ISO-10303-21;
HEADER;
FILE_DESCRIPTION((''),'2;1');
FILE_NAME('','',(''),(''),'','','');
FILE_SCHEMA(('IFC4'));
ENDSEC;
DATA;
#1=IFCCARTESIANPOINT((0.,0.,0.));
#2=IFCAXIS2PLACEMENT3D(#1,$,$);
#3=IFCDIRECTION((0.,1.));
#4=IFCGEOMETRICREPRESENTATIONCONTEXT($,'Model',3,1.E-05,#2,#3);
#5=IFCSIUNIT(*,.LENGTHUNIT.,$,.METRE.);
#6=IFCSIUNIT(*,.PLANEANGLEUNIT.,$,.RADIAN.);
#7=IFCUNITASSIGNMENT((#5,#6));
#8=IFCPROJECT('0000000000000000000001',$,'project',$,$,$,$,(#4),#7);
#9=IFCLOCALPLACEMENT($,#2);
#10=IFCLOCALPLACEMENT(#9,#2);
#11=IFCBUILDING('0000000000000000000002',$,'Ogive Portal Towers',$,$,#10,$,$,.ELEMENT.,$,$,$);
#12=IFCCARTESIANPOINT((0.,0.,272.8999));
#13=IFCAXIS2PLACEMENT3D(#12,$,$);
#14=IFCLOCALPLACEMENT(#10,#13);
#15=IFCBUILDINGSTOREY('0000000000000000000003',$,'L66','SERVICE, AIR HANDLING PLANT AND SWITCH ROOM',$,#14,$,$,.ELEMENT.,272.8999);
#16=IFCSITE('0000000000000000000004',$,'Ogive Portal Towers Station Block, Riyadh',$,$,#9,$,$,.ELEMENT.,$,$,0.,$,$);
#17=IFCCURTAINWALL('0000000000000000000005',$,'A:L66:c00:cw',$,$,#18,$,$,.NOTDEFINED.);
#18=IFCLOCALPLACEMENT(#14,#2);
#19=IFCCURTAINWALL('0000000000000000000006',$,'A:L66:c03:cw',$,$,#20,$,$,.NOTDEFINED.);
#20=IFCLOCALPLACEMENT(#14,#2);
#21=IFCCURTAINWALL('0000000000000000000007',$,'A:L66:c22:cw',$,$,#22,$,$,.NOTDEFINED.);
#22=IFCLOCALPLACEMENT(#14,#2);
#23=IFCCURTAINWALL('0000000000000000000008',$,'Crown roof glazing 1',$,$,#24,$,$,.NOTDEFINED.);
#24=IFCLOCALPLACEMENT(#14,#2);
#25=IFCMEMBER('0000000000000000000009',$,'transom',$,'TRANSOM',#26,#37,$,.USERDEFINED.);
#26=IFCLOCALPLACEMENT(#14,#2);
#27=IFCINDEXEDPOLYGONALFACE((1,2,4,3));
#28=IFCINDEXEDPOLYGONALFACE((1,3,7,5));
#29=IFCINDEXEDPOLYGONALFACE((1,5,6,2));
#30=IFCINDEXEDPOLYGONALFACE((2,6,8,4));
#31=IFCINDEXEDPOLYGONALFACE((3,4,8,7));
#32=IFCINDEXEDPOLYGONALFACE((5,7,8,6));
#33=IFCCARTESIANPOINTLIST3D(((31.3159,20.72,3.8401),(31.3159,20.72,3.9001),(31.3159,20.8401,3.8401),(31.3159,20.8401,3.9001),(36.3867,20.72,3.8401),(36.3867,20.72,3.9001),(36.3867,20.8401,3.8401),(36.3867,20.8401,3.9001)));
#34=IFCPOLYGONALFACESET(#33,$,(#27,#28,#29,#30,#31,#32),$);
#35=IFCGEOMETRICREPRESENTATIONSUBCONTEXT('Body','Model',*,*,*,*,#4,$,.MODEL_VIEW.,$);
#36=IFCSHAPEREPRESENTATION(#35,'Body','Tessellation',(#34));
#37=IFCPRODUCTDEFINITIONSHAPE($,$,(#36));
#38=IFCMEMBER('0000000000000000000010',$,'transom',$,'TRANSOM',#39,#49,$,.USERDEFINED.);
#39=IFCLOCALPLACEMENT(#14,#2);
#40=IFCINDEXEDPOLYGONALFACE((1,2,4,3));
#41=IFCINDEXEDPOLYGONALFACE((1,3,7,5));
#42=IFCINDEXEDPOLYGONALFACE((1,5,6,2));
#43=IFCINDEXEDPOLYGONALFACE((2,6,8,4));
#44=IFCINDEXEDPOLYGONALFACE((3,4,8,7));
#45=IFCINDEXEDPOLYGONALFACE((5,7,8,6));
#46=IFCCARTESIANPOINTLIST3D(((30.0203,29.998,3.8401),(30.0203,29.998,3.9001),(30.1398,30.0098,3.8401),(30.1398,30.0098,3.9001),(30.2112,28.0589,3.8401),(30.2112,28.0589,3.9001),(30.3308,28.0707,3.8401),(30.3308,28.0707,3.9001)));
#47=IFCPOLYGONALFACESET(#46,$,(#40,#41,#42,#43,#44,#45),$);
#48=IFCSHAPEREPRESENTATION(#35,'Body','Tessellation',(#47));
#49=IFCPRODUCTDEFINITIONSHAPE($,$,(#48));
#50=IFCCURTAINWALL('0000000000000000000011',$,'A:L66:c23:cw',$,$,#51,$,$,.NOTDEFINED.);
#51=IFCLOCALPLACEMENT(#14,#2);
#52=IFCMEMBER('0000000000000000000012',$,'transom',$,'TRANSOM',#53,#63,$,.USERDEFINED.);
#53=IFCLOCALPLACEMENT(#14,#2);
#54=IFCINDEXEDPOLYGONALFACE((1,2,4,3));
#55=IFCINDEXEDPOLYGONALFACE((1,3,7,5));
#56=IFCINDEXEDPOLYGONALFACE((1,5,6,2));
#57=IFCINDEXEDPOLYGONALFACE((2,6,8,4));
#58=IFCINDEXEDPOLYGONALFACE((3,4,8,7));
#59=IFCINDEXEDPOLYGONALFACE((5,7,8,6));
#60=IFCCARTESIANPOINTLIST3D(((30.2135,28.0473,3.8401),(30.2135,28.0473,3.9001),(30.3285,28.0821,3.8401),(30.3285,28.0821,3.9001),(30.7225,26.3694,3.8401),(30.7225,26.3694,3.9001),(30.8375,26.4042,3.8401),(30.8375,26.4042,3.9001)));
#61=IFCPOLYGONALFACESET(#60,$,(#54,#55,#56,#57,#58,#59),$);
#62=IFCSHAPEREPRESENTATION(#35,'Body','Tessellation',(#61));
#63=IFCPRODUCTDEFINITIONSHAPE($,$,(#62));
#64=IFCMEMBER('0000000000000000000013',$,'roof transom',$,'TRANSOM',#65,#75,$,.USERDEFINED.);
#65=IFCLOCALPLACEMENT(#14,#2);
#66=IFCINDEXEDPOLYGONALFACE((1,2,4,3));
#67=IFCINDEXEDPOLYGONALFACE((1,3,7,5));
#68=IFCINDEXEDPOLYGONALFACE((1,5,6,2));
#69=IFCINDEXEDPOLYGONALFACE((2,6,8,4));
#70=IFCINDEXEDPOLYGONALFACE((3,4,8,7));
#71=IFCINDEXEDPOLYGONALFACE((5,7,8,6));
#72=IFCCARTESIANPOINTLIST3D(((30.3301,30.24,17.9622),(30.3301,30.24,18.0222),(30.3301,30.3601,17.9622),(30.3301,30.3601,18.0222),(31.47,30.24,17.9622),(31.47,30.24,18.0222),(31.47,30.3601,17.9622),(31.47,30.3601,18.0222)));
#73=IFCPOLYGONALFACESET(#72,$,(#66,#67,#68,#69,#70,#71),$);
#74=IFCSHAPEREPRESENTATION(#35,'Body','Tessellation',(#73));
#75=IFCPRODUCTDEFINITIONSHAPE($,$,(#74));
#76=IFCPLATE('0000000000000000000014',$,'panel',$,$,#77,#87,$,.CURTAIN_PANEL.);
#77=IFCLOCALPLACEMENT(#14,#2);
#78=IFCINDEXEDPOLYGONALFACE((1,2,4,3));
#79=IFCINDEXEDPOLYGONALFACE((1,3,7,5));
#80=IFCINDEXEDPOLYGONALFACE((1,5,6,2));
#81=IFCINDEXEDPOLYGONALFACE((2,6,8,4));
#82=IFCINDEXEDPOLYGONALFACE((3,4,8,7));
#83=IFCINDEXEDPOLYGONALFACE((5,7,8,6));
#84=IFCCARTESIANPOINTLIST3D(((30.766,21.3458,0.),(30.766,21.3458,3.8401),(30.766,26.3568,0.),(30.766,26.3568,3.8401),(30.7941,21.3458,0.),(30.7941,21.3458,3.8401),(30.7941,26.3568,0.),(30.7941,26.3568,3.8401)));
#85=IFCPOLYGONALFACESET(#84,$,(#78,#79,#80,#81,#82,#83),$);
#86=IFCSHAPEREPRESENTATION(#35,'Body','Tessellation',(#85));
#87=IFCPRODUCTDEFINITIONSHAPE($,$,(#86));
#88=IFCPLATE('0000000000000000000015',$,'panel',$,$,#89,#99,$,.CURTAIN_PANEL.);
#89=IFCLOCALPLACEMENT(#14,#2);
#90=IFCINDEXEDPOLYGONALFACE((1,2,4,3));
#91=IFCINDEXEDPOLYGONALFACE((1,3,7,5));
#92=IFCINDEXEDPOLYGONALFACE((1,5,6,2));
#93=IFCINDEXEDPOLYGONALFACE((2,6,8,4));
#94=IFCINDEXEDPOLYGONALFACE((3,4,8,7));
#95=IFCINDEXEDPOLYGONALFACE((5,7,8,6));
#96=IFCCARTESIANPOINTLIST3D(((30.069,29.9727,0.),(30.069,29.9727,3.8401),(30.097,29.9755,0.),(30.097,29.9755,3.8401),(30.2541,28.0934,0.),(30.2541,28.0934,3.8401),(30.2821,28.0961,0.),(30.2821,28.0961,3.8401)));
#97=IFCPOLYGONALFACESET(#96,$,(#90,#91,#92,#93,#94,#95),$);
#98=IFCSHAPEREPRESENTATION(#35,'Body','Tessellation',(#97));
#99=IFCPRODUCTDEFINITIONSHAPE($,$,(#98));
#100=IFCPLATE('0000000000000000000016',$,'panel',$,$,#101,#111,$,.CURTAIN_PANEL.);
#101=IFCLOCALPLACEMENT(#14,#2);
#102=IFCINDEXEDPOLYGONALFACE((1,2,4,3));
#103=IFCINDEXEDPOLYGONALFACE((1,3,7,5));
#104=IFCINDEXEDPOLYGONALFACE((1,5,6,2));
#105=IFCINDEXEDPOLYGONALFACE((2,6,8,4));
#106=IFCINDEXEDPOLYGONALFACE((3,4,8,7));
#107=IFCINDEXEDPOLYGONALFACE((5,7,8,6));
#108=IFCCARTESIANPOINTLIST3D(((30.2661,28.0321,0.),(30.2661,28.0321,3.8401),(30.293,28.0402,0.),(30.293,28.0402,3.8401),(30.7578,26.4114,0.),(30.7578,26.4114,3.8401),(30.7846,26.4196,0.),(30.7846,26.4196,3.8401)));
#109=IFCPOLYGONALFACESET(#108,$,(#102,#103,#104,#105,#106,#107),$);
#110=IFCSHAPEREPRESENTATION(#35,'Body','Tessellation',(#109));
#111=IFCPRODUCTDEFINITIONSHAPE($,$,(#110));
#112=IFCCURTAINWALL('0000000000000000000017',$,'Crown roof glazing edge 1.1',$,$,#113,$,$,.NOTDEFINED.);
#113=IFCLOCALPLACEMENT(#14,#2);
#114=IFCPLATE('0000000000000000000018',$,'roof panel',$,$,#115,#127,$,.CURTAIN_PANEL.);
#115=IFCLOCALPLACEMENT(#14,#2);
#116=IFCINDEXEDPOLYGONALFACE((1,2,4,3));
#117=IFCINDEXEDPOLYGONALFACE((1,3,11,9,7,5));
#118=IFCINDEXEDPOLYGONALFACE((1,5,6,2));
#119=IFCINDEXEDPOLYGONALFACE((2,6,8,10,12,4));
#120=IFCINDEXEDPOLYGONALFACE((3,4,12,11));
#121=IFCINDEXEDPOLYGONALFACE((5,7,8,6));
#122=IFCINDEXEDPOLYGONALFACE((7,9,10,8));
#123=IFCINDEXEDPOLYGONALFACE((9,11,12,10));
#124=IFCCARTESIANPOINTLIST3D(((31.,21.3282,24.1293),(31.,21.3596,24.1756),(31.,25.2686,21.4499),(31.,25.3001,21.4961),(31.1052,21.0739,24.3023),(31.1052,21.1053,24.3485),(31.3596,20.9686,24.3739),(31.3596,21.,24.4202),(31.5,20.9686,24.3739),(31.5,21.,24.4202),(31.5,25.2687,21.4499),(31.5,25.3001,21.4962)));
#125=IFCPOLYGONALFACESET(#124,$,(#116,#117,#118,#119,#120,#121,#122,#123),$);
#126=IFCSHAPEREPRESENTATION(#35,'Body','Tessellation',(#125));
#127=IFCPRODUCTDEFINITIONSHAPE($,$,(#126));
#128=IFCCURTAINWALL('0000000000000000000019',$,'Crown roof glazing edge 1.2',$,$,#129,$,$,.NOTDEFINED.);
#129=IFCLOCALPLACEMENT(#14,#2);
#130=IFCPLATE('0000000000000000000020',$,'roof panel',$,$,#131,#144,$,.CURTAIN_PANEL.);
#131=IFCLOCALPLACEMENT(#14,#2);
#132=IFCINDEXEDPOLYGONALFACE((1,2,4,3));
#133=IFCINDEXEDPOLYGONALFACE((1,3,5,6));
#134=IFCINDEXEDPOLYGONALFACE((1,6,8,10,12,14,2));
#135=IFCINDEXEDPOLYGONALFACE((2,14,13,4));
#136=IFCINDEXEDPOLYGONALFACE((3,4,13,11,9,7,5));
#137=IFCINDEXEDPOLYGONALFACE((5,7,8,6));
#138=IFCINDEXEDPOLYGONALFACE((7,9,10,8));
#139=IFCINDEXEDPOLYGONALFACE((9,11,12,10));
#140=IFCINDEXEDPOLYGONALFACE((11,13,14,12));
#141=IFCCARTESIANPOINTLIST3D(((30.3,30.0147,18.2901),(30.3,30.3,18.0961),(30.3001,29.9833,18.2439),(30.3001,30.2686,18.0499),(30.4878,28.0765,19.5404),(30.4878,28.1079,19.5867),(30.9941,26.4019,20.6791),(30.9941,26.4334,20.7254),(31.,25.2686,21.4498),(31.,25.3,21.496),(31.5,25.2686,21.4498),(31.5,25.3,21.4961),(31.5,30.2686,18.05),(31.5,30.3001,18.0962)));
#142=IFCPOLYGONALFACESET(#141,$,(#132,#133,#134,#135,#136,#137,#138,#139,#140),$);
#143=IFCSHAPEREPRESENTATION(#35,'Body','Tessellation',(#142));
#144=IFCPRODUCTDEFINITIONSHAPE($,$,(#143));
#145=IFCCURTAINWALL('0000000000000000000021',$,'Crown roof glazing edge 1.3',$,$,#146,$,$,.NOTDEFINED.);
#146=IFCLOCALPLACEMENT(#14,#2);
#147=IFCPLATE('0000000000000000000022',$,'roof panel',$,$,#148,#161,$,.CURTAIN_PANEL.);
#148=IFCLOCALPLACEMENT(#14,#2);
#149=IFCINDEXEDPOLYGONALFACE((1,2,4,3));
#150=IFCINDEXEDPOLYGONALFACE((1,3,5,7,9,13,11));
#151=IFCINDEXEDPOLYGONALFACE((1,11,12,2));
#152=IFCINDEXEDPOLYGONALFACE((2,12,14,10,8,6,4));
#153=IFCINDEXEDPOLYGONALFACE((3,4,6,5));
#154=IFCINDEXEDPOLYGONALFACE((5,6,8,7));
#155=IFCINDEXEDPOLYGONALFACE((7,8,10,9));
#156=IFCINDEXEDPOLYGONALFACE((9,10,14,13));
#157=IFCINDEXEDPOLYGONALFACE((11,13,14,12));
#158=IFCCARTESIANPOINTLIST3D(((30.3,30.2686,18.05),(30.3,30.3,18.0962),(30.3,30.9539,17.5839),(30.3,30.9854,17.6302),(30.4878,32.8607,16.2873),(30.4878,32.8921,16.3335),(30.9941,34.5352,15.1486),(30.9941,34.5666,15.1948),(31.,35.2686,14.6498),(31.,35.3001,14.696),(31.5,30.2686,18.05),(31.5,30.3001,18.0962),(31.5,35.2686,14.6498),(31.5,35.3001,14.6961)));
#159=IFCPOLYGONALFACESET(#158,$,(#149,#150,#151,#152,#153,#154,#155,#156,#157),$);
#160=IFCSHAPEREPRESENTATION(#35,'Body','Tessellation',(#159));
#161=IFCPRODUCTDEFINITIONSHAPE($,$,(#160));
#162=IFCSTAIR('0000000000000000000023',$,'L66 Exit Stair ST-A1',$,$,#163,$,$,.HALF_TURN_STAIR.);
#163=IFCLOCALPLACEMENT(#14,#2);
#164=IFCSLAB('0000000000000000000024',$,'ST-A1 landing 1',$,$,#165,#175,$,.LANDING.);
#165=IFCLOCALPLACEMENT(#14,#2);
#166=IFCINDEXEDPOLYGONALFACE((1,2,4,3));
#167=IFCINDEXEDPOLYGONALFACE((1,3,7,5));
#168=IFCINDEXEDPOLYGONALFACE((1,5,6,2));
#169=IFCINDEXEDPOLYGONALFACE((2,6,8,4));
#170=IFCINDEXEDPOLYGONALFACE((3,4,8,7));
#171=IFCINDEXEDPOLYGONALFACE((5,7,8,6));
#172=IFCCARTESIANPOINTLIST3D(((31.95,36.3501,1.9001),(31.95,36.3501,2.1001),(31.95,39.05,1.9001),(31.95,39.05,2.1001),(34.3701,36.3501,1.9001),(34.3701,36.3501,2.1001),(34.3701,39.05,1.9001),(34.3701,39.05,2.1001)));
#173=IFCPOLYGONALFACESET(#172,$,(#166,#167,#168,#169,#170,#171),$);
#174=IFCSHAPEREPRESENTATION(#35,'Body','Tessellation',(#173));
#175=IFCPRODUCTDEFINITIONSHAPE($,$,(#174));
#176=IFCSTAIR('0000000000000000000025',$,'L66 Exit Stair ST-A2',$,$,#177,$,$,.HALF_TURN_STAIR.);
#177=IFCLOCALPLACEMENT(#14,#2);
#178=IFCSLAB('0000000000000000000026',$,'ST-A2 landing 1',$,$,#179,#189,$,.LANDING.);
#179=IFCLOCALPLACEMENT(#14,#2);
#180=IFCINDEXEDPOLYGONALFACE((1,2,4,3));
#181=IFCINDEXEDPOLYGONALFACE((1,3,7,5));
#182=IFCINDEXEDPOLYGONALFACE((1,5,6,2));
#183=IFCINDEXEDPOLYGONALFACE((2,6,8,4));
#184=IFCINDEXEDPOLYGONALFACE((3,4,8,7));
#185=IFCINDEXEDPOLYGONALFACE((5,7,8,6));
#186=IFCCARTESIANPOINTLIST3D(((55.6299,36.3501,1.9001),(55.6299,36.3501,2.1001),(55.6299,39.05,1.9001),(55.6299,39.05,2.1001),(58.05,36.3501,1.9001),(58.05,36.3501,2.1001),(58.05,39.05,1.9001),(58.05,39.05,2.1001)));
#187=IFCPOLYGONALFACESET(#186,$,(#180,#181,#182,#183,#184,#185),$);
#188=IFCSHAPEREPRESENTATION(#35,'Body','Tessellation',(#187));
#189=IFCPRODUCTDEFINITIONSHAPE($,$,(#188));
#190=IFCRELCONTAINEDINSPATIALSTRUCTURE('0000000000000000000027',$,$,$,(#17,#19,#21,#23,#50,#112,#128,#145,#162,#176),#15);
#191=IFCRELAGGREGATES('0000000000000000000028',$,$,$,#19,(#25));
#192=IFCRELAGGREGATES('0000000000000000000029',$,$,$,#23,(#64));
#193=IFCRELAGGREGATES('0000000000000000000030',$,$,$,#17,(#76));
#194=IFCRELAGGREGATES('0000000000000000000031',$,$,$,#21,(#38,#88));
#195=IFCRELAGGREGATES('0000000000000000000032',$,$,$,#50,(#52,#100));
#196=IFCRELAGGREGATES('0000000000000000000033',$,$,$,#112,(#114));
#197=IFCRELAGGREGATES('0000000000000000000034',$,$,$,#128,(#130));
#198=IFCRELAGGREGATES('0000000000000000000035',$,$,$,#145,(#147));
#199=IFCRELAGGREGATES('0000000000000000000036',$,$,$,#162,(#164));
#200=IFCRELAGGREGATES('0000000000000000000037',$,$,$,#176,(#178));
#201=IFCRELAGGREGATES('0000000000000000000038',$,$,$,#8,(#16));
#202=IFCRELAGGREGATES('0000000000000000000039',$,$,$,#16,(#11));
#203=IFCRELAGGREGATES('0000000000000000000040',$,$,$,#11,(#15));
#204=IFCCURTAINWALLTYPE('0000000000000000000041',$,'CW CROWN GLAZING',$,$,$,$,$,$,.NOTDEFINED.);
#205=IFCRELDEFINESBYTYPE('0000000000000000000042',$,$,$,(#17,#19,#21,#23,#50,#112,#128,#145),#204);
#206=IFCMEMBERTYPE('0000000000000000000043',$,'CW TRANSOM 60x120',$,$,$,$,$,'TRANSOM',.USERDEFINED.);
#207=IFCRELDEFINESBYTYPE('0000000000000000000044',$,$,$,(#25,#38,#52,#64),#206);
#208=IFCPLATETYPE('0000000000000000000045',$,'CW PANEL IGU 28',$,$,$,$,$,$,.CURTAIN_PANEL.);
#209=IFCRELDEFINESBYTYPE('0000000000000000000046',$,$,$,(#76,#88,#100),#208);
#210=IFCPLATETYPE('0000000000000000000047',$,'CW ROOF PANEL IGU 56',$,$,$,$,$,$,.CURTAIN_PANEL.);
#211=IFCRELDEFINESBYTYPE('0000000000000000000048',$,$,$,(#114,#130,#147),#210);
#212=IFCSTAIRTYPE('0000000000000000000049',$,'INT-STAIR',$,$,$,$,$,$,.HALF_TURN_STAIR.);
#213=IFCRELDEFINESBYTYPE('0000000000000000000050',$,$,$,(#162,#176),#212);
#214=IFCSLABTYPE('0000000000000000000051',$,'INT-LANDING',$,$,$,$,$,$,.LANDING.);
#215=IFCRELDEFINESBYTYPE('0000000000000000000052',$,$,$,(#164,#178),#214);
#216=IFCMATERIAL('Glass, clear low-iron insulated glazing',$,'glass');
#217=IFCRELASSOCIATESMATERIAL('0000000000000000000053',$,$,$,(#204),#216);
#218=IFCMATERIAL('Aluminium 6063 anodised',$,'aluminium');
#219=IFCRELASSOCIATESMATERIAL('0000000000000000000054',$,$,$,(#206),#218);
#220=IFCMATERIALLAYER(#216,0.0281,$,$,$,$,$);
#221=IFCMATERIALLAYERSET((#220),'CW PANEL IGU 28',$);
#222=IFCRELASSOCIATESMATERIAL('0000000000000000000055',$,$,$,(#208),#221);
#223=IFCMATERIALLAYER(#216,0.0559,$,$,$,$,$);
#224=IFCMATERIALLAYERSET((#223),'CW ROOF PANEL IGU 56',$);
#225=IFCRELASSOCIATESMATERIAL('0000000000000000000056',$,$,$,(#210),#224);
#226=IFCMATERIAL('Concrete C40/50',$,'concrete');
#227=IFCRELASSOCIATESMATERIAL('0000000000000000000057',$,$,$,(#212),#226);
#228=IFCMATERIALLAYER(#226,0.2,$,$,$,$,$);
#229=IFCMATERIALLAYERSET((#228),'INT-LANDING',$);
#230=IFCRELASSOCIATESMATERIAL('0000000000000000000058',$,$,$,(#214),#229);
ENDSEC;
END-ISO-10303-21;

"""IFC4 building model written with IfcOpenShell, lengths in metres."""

from ifc_helpers import new_model, si_unit, direction, frame, origin, origin_2d, place, context, subcontext, project, spatial, polyline, rectangle, outline, extrude, material, layer, layer_set, material_profile, profile_set, type_object, element, aggregate, save


model = new_model("IFC4")

# Units and contexts
model_context = context("Model", 3, precision=1e-05, world=origin(), true_north=direction((0.0, 1.0)))
body_context = subcontext(model_context, "Body", "Model", "MODEL_VIEW")
ifc_project = project(units=[si_unit("LENGTHUNIT", "METRE"), si_unit("PLANEANGLEUNIT", "RADIAN")], contexts=[model_context])

# Site, building, storey
site_placement = place(None, origin())
site = spatial("IfcSite", under=ifc_project, at=site_placement, Name="Ogive Portal Towers Station Block, Riyadh", CompositionType="ELEMENT", RefElevation=0.0)
building_placement = place(site_placement, origin())
building = spatial("IfcBuilding", under=site, at=building_placement, Name="Ogive Portal Towers", CompositionType="ELEMENT")
storey_placement = place(building_placement, frame((0.0, 0.0, 272.8999)))
storey = spatial("IfcBuildingStorey", under=building, at=storey_placement, Name="L66", Description="SERVICE, AIR HANDLING PLANT AND SWITCH ROOM", CompositionType="ELEMENT", Elevation=272.8999)

# Curtain wall
ifc_material_1 = material(Name="Glass, clear low-iron insulated glazing", Category="glass")
curtain_wall_type = type_object("IfcCurtainWallType", Name="CW CROWN GLAZING", PredefinedType="NOTDEFINED", material=ifc_material_1)
curtain_wall_1_placement = place(storey_placement, origin())
curtain_wall_1 = element("IfcCurtainWall", 1, at=curtain_wall_1_placement, inside=storey, type_object=curtain_wall_type, Name="A:L66:c00:cw", PredefinedType="NOTDEFINED")
ifc_material_2 = material(Name="Aluminium 6063 anodised", Category="aluminium")

# Curtain walls
curtain_wall_2_placement = place(storey_placement, origin())
curtain_wall_2 = element("IfcCurtainWall", 2, at=curtain_wall_2_placement, inside=storey, type_object=curtain_wall_type, Name="A:L66:c03:cw", PredefinedType="NOTDEFINED")
curtain_wall_3_placement = place(storey_placement, origin())
curtain_wall_3 = element("IfcCurtainWall", 3, at=curtain_wall_3_placement, inside=storey, type_object=curtain_wall_type, Name="A:L66:c22:cw", PredefinedType="NOTDEFINED")

# Curtain wall
curtain_wall_4_placement = place(storey_placement, origin())
curtain_wall_4 = element("IfcCurtainWall", 4, at=curtain_wall_4_placement, inside=storey, type_object=curtain_wall_type, Name="Crown roof glazing 1", PredefinedType="NOTDEFINED")

# Members
ifc_material_profile_1 = material_profile(ifc_material_2, rectangle(XDim=0.1201, YDim=0.0601, at=origin_2d()), Name="AL 120x60")
ifc_profile_set_1 = profile_set([ifc_material_profile_1], Name="Aluminium 6063 anodised")
member_type_1 = type_object("IfcMemberType", Name="CW TRANSOM 60x120", ElementType="TRANSOM", PredefinedType="USERDEFINED", material=ifc_profile_set_1)
member_1_placement = place(storey_placement, frame((31.3159, 20.78, 3.8701), z_axis=(1.0, 0.0, 0.0), x_axis=(0.0, 1.0, 0.0)))
member_1 = element("IfcMember", 5, at=member_1_placement, type_object=member_type_1, Name="transom", ObjectType="TRANSOM", PredefinedType="USERDEFINED", context=body_context, shape_type="SweptSolid", body=[
    extrude(rectangle(XDim=0.1201, YDim=0.0601, at=origin_2d()), origin(), (0.0, 0.0, 1.0), 5.0708),
])
aggregate(curtain_wall_2, [member_1])
member_2_placement = place(storey_placement, frame((30.0801, 30.0039, 3.8701), z_axis=(0.097978, -0.995189, 0.0), x_axis=(0.995189, 0.097978, 0.0)))
member_2 = element("IfcMember", 6, at=member_2_placement, type_object=member_type_1, Name="transom", ObjectType="TRANSOM", PredefinedType="USERDEFINED", context=body_context, shape_type="SweptSolid", body=[
    extrude(rectangle(XDim=0.1201, YDim=0.0601, at=origin_2d()), origin(), (0.0, 0.0, 1.0), 1.9485),
])

# Curtain wall, member
curtain_wall_5_placement = place(storey_placement, origin())
curtain_wall_5 = element("IfcCurtainWall", 7, at=curtain_wall_5_placement, inside=storey, type_object=curtain_wall_type, Name="A:L66:c23:cw", PredefinedType="NOTDEFINED")
member_3_placement = place(storey_placement, frame((30.271, 28.0647, 3.8701), z_axis=(0.290297, -0.956937, 0.0), x_axis=(0.956937, 0.290297, 0.0)))
member_3 = element("IfcMember", 8, at=member_3_placement, type_object=member_type_1, Name="transom", ObjectType="TRANSOM", PredefinedType="USERDEFINED", context=body_context, shape_type="SweptSolid", body=[
    extrude(rectangle(XDim=0.1201, YDim=0.0601, at=origin_2d()), origin(), (0.0, 0.0, 1.0), 1.7534),
])

# Member
member_4_placement = place(storey_placement, frame((30.3301, 30.3, 17.9922), z_axis=(1.0, 0.0, 0.0), x_axis=(0.0, 1.0, 0.0)))
member_4 = element("IfcMember", 9, at=member_4_placement, type_object=member_type_1, Name="roof transom", ObjectType="TRANSOM", PredefinedType="USERDEFINED", context=body_context, shape_type="SweptSolid", body=[
    extrude(rectangle(XDim=0.1201, YDim=0.0601, at=origin_2d()), origin(), (0.0, 0.0, 1.0), 1.1399),
])
aggregate(curtain_wall_4, [member_4])

# Plates
ifc_layer_1 = layer(ifc_material_1, 0.0281)
ifc_layer_set_1 = layer_set([ifc_layer_1], Name="CW PANEL IGU 28")
plate_type_1 = type_object("IfcPlateType", Name="CW PANEL IGU 28", PredefinedType="CURTAIN_PANEL", material=ifc_layer_set_1)
plate_1_placement = place(storey_placement, frame((30.78, 23.8513, 0.0), z_axis=(0.0, 0.0, 1.0), x_axis=(0.0, -1.0, 0.0)))
plate_1 = element("IfcPlate", 10, at=plate_1_placement, type_object=plate_type_1, Name="panel", PredefinedType="CURTAIN_PANEL", context=body_context, shape_type="SweptSolid", body=[
    extrude(rectangle(XDim=5.011, YDim=0.0281, at=origin_2d()), origin(), (0.0, 0.0, 1.0), 3.8401),
])
aggregate(curtain_wall_1, [plate_1])
plate_2_placement = place(storey_placement, frame((30.1755, 29.0344, 0.0), z_axis=(0.0, 0.0, 1.0), x_axis=(0.098017, -0.995185, 0.0)))
plate_2 = element("IfcPlate", 11, at=plate_2_placement, type_object=plate_type_1, Name="panel", PredefinedType="CURTAIN_PANEL", context=body_context, shape_type="SweptSolid", body=[
    extrude(rectangle(XDim=1.8884, YDim=0.0281, at=origin_2d()), origin(), (0.0, 0.0, 1.0), 3.8401),
])
aggregate(curtain_wall_3, [member_2, plate_2])
plate_3_placement = place(storey_placement, frame((30.5254, 27.2258, 0.0), z_axis=(0.0, 0.0, 1.0), x_axis=(0.290285, -0.95694, 0.0)))
plate_3 = element("IfcPlate", 12, at=plate_3_placement, type_object=plate_type_1, Name="panel", PredefinedType="CURTAIN_PANEL", context=body_context, shape_type="SweptSolid", body=[
    extrude(rectangle(XDim=1.6936, YDim=0.0281, at=origin_2d()), origin(), (0.0, 0.0, 1.0), 3.8401),
])
aggregate(curtain_wall_5, [member_3, plate_3])

# Curtain walls, plates
curtain_wall_6_placement = place(storey_placement, origin())
curtain_wall_6 = element("IfcCurtainWall", 13, at=curtain_wall_6_placement, inside=storey, type_object=curtain_wall_type, Name="Crown roof glazing edge 1.1", PredefinedType="NOTDEFINED")
ifc_layer_2 = layer(ifc_material_1, 0.0559)
ifc_layer_set_2 = layer_set([ifc_layer_2], Name="CW ROOF PANEL IGU 56")
plate_type_2 = type_object("IfcPlateType", Name="CW ROOF PANEL IGU 56", PredefinedType="CURTAIN_PANEL", material=ifc_layer_set_2)
plate_4_placement = place(storey_placement, frame((31.5, 21.0, 24.4202), z_axis=(-0.000085, 0.562303, 0.826931), x_axis=(0.0, 0.826931, -0.562303)))
plate_4 = element("IfcPlate", 14, at=plate_4_placement, type_object=plate_type_2, Name="roof panel", PredefinedType="CURTAIN_PANEL", context=body_context, shape_type="SweptSolid", body=[
    extrude(outline(polyline([(0.0, 0.0), (5.2001, 0.0), (5.2001, 0.5), (0.4349, 0.5), (0.1274, 0.3948), (0.0, 0.1404), (0.0, 0.0)])), origin(), (0.0, 0.0, -1.0), 0.0559),
])
aggregate(curtain_wall_6, [plate_4])
curtain_wall_7_placement = place(storey_placement, origin())
curtain_wall_7 = element("IfcCurtainWall", 15, at=curtain_wall_7_placement, inside=storey, type_object=curtain_wall_type, Name="Crown roof glazing edge 1.2", PredefinedType="NOTDEFINED")
plate_5_placement = place(storey_placement, frame((30.4878, 28.1079, 19.5867), z_axis=(-0.000127, 0.562286, 0.826943), x_axis=(0.242577, -0.802227, 0.545517)))
plate_5 = element("IfcPlate", 16, at=plate_5_placement, type_object=plate_type_2, Name="roof panel", PredefinedType="CURTAIN_PANEL", context=body_context, shape_type="SweptSolid", body=[
    extrude(outline(polyline([(0.0, 0.0), (2.0874, 0.0), (3.4184, -0.3268), (3.5397, 0.1583), (-2.3261, 1.625), (-2.6172, 0.4609), (-2.2825, 0.3772), (0.0, 0.0)])), origin(), (0.0, 0.0, -1.0), 0.0559),
])
aggregate(curtain_wall_7, [plate_5])
curtain_wall_8_placement = place(storey_placement, origin())
curtain_wall_8 = element("IfcCurtainWall", 17, at=curtain_wall_8_placement, inside=storey, type_object=curtain_wall_type, Name="Crown roof glazing edge 1.3", PredefinedType="NOTDEFINED")
plate_6_placement = place(storey_placement, frame((30.3, 30.3, 18.0962), z_axis=(-0.000009, 0.562327, 0.826915), x_axis=(1.0, 0.000005, 0.000007)))
plate_6 = element("IfcPlate", 18, at=plate_6_placement, type_object=plate_type_2, Name="roof panel", PredefinedType="CURTAIN_PANEL", context=body_context, shape_type="SweptSolid", body=[
    extrude(outline(polyline([(0.0, 0.0), (1.2, 0.0), (1.2, 6.0466), (0.7, 6.0466), (0.6941, 5.1596), (0.1877, 3.1346), (0.0, 0.8288), (0.0, 0.0)])), origin(), (0.0, 0.0, -1.0), 0.0559),
])
aggregate(curtain_wall_8, [plate_6])

# Stairs, slabs
ifc_material_3 = material(Name="Concrete C40/50", Category="concrete")
stair_type = type_object("IfcStairType", Name="INT-STAIR", PredefinedType="HALF_TURN_STAIR", material=ifc_material_3)
stair_1_placement = place(storey_placement, origin())
stair_1 = element("IfcStair", 19, at=stair_1_placement, inside=storey, type_object=stair_type, Name="L66 Exit Stair ST-A1", PredefinedType="HALF_TURN_STAIR")
ifc_layer_3 = layer(ifc_material_3, 0.2)
ifc_layer_set_3 = layer_set([ifc_layer_3], Name="INT-LANDING")
slab_type_1 = type_object("IfcSlabType", Name="INT-LANDING", PredefinedType="LANDING", material=ifc_layer_set_3)
slab_1_placement = place(storey_placement, frame((0.0, 0.0, 1.9001)))
slab_1 = element("IfcSlab", 20, at=slab_1_placement, type_object=slab_type_1, Name="ST-A1 landing 1", PredefinedType="LANDING", context=body_context, shape_type="SweptSolid", body=[
    extrude(outline(polyline([(34.3701, 39.05), (31.95, 39.05), (31.95, 36.3501), (34.3701, 36.3501), (34.3701, 39.05)])), origin(), (0.0, 0.0, 1.0), 0.2),
])
aggregate(stair_1, [slab_1])
stair_2_placement = place(storey_placement, origin())
stair_2 = element("IfcStair", 21, at=stair_2_placement, inside=storey, type_object=stair_type, Name="L66 Exit Stair ST-A2", PredefinedType="HALF_TURN_STAIR")
slab_2_placement = place(storey_placement, frame((0.0, 0.0, 1.9001)))
slab_2 = element("IfcSlab", 22, at=slab_2_placement, type_object=slab_type_1, Name="ST-A2 landing 1", PredefinedType="LANDING", context=body_context, shape_type="SweptSolid", body=[
    extrude(outline(polyline([(55.6299, 36.3501), (58.05, 36.3501), (58.05, 39.05), (55.6299, 39.05), (55.6299, 36.3501)])), origin(), (0.0, 0.0, 1.0), 0.2),
])
aggregate(stair_2, [slab_2])

save(model, "model.ifc")
